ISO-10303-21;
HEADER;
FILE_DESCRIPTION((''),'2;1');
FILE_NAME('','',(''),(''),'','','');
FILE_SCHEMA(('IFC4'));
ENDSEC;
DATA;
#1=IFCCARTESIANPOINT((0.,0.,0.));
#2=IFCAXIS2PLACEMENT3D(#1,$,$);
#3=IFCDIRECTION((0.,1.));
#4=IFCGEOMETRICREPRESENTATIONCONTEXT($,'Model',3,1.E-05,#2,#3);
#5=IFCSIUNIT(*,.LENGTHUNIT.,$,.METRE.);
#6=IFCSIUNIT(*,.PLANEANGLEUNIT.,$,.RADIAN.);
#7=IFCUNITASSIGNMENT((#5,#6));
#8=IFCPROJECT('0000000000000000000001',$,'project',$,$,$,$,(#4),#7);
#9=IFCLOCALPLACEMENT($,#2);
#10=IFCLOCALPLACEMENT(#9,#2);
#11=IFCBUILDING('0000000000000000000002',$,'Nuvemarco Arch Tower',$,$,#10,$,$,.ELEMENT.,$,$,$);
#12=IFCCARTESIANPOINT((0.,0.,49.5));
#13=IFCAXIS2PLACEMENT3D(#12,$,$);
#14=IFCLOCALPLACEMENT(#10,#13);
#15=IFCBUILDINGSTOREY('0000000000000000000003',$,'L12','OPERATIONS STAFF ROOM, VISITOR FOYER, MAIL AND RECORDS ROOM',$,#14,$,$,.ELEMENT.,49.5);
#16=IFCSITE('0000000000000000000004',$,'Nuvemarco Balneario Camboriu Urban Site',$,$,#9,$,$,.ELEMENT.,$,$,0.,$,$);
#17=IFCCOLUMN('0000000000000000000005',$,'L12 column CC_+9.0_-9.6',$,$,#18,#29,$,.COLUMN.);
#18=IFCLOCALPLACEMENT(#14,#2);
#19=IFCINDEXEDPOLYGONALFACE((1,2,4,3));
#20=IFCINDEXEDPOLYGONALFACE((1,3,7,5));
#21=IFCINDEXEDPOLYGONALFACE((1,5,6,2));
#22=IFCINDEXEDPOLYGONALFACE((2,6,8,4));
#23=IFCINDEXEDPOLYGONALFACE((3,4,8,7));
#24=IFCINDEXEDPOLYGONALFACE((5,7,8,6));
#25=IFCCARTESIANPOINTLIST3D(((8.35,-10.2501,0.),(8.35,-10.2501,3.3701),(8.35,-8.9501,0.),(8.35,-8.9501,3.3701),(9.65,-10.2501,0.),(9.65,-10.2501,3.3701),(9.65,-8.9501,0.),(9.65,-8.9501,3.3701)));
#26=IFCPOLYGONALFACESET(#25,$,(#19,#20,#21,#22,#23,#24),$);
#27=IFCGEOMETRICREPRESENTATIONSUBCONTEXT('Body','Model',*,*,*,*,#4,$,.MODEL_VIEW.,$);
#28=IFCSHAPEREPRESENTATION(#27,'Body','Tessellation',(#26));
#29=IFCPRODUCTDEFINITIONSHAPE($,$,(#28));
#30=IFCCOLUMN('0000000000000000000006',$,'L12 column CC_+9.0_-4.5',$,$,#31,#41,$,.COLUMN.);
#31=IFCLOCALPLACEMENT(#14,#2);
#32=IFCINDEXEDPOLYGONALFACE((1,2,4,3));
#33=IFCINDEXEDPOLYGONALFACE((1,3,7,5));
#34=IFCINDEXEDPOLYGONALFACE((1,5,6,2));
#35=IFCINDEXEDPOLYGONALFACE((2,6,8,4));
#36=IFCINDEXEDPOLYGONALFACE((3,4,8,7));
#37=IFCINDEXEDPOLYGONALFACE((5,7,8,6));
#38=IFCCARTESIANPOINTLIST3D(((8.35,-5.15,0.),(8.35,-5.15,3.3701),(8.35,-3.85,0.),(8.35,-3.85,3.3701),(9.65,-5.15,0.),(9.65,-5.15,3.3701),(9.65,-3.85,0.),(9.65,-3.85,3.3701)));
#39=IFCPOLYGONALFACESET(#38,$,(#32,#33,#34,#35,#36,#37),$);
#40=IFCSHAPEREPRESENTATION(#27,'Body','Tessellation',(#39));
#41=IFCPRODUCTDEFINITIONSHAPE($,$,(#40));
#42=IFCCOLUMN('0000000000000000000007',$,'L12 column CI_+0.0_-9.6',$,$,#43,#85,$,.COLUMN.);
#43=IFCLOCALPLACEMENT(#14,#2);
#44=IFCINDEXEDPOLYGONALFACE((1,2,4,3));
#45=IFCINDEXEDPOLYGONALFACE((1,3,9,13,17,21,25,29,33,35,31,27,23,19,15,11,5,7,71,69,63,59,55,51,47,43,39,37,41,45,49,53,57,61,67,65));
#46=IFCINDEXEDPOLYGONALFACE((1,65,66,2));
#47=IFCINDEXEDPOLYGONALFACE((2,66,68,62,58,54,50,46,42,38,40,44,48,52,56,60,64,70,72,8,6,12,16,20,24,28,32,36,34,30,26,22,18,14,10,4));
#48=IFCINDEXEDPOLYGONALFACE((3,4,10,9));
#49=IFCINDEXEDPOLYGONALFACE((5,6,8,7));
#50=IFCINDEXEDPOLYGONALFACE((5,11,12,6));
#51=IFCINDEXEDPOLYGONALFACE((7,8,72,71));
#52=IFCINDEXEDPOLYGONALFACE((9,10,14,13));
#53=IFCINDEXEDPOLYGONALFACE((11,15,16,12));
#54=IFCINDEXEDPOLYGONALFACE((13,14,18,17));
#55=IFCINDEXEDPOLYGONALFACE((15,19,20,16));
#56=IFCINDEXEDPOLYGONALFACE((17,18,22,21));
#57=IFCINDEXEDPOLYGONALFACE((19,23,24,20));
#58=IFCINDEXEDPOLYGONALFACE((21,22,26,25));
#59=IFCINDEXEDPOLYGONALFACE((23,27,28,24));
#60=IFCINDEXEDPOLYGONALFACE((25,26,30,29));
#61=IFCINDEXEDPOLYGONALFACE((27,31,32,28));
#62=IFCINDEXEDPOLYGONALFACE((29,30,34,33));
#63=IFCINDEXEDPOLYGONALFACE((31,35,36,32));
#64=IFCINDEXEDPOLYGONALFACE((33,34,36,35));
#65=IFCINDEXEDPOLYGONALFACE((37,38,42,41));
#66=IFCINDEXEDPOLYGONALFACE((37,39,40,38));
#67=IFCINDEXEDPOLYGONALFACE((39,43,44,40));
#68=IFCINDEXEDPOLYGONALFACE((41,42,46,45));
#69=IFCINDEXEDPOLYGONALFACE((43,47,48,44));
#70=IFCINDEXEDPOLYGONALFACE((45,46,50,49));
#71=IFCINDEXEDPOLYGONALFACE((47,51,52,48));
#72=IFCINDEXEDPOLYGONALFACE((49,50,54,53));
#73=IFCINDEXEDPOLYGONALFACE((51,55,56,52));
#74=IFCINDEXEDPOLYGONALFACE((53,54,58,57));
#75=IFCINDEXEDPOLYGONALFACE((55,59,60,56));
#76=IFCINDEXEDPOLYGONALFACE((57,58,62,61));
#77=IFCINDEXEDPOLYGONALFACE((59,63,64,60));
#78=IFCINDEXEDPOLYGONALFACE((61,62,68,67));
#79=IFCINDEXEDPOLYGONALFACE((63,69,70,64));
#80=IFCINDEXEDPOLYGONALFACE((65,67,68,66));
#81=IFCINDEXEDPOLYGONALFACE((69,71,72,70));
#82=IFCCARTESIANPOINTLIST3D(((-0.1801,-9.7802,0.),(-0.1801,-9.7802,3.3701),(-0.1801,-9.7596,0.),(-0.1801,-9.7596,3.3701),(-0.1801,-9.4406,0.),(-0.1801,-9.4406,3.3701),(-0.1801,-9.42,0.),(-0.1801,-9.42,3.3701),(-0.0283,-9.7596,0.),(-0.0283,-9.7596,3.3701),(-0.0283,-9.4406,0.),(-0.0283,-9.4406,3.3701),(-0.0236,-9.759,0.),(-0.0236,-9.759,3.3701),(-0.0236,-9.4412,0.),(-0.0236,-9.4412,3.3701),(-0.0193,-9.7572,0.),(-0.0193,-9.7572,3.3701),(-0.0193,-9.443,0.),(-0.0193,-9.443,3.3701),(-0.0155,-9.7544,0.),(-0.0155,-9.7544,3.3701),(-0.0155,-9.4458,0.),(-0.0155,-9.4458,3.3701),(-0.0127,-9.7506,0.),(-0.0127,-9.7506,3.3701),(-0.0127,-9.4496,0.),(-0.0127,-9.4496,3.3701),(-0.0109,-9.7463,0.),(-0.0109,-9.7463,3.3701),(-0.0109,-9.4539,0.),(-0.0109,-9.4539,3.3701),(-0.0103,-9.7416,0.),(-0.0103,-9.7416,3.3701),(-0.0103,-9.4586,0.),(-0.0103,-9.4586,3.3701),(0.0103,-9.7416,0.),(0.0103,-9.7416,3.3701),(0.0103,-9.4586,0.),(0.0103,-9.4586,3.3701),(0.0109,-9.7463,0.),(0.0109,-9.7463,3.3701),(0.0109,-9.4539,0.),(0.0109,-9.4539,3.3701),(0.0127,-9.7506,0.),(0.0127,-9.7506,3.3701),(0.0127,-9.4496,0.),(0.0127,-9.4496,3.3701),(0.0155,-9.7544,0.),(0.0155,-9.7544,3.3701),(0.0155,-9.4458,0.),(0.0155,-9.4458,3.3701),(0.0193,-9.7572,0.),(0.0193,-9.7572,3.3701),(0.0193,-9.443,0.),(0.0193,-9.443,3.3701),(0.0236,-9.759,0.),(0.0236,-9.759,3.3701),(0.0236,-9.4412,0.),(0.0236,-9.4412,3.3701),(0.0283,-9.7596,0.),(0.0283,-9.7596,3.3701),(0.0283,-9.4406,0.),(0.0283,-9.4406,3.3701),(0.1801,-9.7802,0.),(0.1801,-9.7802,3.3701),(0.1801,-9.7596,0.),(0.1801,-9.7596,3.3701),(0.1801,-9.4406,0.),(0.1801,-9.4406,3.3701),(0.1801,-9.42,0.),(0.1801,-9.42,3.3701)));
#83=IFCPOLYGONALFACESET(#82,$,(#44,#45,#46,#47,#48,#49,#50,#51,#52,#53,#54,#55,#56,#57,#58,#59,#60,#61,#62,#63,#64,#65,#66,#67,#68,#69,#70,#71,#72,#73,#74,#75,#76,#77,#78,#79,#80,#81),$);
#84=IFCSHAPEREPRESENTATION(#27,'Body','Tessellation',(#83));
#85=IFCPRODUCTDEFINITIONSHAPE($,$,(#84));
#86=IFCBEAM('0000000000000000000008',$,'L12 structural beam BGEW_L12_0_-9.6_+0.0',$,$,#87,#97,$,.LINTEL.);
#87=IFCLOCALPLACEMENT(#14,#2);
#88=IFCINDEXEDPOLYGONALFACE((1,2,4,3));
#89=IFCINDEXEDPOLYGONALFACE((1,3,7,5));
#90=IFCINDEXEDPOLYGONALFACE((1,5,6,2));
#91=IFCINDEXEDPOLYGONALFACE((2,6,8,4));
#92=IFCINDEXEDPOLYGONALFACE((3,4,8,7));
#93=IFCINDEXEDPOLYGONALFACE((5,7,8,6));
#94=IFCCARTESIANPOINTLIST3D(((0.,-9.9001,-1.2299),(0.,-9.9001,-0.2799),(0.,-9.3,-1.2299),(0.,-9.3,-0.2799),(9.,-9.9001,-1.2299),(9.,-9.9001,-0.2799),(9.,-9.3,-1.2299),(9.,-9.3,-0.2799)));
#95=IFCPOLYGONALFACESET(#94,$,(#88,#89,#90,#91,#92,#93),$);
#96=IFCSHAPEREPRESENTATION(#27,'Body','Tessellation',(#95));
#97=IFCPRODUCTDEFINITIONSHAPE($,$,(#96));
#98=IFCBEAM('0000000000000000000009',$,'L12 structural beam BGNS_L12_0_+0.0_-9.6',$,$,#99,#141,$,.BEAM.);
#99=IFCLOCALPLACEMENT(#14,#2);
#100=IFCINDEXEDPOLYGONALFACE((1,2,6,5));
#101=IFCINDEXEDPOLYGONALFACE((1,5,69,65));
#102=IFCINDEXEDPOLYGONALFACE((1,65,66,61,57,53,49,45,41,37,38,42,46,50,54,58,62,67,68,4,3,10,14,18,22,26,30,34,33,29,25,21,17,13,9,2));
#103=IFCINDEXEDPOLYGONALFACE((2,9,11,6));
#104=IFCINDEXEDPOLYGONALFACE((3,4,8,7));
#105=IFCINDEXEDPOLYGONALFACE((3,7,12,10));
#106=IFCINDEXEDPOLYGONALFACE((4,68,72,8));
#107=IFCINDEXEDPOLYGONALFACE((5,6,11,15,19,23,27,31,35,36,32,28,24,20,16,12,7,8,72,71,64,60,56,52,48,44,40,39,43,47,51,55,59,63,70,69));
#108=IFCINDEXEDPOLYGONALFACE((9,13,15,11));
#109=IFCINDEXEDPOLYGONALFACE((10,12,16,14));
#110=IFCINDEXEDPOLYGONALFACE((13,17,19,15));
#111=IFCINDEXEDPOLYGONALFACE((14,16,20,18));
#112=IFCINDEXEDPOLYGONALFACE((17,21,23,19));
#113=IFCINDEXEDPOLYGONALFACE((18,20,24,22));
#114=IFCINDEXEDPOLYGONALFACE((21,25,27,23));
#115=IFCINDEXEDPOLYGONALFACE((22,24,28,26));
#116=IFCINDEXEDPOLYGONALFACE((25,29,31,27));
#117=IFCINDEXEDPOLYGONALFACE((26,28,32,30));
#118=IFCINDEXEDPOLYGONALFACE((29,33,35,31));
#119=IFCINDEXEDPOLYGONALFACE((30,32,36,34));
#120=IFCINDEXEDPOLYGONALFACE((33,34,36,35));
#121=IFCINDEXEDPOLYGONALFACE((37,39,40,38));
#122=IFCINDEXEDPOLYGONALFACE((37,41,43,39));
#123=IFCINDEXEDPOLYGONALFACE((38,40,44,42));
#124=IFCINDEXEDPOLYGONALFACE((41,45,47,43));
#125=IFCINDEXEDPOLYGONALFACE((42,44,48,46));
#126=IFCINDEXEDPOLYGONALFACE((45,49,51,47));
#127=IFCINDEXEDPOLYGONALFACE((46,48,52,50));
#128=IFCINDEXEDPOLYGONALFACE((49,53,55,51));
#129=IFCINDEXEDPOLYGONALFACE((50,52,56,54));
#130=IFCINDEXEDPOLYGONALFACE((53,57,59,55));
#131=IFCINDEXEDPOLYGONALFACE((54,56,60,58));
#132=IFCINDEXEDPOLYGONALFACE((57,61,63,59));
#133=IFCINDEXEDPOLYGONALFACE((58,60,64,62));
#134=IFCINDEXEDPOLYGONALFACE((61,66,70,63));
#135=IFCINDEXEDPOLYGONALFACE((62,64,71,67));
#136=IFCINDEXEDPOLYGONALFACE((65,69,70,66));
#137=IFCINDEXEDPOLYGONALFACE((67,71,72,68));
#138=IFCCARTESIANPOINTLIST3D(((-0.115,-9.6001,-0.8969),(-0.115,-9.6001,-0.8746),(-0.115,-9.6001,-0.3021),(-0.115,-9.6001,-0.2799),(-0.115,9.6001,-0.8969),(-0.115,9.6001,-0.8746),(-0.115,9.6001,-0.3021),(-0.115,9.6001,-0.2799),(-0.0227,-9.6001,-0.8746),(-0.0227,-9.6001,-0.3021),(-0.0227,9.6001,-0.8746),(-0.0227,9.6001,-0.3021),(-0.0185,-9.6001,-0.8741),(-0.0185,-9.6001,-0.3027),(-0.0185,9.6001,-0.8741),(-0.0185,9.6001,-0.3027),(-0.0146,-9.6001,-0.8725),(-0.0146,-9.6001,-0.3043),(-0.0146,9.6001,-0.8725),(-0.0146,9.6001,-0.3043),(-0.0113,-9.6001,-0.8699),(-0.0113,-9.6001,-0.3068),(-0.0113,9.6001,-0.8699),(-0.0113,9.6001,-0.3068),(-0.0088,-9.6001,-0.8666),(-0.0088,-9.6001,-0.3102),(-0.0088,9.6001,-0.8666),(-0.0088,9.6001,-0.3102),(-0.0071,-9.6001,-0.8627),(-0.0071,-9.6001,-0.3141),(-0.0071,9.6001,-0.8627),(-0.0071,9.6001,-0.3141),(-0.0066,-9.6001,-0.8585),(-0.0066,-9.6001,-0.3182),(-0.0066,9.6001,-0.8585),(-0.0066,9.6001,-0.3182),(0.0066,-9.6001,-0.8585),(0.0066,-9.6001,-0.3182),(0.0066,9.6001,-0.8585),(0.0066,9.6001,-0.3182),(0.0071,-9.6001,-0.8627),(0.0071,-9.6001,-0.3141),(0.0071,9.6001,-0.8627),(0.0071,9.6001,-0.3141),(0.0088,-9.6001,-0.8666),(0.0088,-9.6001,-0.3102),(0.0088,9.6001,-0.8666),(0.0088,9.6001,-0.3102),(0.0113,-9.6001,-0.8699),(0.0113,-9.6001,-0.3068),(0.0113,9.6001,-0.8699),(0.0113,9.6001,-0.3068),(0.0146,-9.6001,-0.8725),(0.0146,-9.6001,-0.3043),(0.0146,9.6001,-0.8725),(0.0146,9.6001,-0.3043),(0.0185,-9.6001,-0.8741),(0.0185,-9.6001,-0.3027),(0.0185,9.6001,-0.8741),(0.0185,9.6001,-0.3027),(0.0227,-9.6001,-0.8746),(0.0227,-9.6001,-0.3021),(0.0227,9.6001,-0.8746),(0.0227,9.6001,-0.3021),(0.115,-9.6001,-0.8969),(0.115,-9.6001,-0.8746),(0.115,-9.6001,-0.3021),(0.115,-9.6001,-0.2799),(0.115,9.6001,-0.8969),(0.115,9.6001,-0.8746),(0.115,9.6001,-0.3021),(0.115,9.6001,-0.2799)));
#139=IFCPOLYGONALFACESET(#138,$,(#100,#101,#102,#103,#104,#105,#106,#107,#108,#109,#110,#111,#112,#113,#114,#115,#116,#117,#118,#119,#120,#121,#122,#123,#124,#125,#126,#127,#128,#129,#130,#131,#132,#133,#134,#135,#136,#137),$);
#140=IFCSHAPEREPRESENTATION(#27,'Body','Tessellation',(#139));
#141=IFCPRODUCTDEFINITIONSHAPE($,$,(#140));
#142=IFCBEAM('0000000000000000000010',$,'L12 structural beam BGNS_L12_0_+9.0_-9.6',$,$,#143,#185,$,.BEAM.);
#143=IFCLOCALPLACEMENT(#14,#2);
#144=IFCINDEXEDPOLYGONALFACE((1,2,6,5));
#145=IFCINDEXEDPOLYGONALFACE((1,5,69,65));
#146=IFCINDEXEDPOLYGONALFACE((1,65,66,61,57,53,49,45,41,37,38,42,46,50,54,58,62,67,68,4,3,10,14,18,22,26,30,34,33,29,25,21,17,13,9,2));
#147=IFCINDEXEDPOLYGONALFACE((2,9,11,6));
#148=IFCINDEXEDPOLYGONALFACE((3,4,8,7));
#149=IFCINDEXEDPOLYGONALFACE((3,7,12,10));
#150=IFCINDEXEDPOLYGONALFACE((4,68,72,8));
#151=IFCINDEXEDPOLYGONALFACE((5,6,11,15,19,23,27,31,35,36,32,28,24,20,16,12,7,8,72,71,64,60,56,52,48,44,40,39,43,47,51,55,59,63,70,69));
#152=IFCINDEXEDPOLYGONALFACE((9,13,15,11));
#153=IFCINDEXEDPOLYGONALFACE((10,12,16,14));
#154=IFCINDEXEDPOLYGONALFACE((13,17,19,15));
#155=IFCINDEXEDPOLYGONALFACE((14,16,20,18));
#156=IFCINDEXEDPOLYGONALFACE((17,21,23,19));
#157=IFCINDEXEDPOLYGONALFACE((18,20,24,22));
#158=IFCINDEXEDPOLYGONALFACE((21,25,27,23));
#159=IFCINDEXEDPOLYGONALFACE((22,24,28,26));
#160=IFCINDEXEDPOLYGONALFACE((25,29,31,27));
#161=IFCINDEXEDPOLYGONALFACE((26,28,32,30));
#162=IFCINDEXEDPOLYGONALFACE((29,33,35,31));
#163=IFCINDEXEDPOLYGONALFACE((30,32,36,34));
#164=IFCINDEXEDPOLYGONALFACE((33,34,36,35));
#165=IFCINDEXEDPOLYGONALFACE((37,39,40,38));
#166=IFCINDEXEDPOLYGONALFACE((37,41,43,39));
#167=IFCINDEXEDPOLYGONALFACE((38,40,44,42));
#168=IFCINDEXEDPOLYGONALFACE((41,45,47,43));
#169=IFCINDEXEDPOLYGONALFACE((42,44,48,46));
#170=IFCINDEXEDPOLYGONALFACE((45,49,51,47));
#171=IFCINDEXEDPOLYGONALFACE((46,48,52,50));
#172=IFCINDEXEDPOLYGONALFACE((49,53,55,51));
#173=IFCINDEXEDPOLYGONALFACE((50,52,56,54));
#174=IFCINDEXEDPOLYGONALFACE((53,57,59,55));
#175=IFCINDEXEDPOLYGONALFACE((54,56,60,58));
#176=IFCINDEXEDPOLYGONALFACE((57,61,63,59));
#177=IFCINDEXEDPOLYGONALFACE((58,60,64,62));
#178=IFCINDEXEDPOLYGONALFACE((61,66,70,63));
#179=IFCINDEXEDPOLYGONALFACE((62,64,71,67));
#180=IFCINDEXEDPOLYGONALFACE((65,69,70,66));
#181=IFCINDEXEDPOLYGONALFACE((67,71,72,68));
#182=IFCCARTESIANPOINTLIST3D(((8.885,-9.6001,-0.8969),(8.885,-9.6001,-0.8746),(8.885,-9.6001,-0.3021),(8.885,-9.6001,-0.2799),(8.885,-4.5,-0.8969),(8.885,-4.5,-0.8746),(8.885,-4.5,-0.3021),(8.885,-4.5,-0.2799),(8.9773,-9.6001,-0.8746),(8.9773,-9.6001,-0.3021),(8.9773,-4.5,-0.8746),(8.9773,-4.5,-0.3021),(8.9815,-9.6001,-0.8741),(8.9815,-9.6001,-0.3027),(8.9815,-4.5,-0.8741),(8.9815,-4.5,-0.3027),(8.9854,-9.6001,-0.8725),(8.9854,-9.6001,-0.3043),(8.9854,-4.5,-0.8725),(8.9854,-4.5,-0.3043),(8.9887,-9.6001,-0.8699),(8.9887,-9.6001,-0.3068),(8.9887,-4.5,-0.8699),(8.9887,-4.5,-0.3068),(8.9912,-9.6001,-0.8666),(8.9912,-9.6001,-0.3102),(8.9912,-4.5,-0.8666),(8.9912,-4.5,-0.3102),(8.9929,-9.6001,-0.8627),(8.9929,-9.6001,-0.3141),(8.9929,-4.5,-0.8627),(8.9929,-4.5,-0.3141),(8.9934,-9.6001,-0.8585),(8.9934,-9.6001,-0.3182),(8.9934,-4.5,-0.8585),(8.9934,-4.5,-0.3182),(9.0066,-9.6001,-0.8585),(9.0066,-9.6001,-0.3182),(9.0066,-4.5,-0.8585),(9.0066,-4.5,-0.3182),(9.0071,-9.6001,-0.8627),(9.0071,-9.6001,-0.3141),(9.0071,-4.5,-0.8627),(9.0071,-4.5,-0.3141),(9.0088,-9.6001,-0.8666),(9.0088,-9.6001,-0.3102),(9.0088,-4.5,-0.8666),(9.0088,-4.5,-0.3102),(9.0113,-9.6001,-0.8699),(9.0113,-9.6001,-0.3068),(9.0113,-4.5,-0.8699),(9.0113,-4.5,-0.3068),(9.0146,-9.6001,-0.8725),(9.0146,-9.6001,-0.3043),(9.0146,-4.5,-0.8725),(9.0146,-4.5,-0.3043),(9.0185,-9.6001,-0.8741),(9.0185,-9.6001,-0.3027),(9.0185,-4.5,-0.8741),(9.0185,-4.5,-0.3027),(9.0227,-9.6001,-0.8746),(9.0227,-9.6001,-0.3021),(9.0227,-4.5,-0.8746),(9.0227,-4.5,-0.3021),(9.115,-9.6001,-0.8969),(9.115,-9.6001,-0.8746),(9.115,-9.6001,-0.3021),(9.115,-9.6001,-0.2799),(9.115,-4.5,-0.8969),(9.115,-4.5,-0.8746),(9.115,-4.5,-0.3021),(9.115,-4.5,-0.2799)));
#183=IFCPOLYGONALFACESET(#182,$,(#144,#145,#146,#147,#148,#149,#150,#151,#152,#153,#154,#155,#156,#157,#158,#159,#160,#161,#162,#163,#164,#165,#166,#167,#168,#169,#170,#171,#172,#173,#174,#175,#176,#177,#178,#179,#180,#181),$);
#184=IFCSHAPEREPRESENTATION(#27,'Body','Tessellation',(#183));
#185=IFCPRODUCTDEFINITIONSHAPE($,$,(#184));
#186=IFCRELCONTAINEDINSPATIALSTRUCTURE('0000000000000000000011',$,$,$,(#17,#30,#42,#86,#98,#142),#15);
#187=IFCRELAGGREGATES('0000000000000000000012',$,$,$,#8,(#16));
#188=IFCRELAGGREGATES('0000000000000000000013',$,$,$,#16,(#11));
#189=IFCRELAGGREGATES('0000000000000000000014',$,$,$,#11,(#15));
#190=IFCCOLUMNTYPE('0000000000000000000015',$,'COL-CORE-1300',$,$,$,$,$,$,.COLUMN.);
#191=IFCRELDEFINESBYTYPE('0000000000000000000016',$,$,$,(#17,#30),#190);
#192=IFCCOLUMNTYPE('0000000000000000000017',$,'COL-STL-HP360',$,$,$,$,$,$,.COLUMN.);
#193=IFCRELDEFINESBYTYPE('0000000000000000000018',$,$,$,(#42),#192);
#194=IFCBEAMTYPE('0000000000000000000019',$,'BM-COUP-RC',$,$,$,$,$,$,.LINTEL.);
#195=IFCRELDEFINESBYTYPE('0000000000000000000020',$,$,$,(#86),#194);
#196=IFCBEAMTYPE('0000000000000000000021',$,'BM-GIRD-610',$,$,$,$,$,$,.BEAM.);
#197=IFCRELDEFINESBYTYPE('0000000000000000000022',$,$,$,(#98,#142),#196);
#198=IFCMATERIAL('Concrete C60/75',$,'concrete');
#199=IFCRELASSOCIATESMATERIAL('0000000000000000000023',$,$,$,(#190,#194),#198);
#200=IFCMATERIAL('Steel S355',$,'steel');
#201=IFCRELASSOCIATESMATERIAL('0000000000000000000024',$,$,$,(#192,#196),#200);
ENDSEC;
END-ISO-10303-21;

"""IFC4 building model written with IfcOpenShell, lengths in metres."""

from ifc_helpers import new_model, si_unit, direction, frame, origin, origin_2d, place, context, subcontext, project, spatial, rectangle, i_section, extrude, material, material_profile, profile_set, type_object, element, save


model = new_model("IFC4")

# Units and contexts
model_context = context("Model", 3, precision=1e-05, world=origin(), true_north=direction((0.0, 1.0)))
body_context = subcontext(model_context, "Body", "Model", "MODEL_VIEW")
ifc_project = project(units=[si_unit("LENGTHUNIT", "METRE"), si_unit("PLANEANGLEUNIT", "RADIAN")], contexts=[model_context])

# Site, building, storey
site_placement = place(None, origin())
site = spatial("IfcSite", under=ifc_project, at=site_placement, Name="Nuvemarco Balneario Camboriu Urban Site", CompositionType="ELEMENT", RefElevation=0.0)
building_placement = place(site_placement, origin())
building = spatial("IfcBuilding", under=site, at=building_placement, Name="Nuvemarco Arch Tower", CompositionType="ELEMENT")
storey_placement = place(building_placement, frame((0.0, 0.0, 49.5)))
storey = spatial("IfcBuildingStorey", under=building, at=storey_placement, Name="L12", Description="OPERATIONS STAFF ROOM, VISITOR FOYER, MAIL AND RECORDS ROOM", CompositionType="ELEMENT", Elevation=49.5)

# Columns
ifc_material_1 = material(Name="Concrete C60/75", Category="concrete")
ifc_material_profile_1 = material_profile(ifc_material_1, rectangle(XDim=1.3, YDim=1.3, at=origin_2d()), Name="RC-COL-1300x1300")
ifc_profile_set_1 = profile_set([ifc_material_profile_1], Name="Concrete C60/75")
column_type_1 = type_object("IfcColumnType", Name="COL-CORE-1300", PredefinedType="COLUMN", material=ifc_profile_set_1)
for number, where, z_axis, x_axis, name in (
    (1, (9.0, -9.6001, 0.0), (0.0, 0.0, 1.0), (1.0, 0.0, 0.0), "L12 column CC_+9.0_-9.6"),
    (2, (9.0, -4.5, 0.0), (0.0, 0.0, 1.0), (1.0, 0.0, 0.0), "L12 column CC_+9.0_-4.5"),
):
    element("IfcColumn", number, at=place(storey_placement, frame(where, z_axis=z_axis, x_axis=x_axis)), inside=storey, type_object=column_type_1, Name=name, PredefinedType="COLUMN", context=body_context, shape_type="SweptSolid", body=[
        extrude(rectangle(XDim=1.3, YDim=1.3, at=origin_2d()), origin(), (0.0, 0.0, 1.0), 3.3701),
    ])
ifc_material_2 = material(Name="Steel S355", Category="steel")
ifc_material_profile_2 = material_profile(ifc_material_2, i_section(OverallWidth=0.3601, OverallDepth=0.3601, WebThickness=0.0205, FlangeThickness=0.0205, FilletRadius=0.0181, at=origin_2d()), Name="HP360x174")
ifc_profile_set_2 = profile_set([ifc_material_profile_2], Name="Steel S355")
column_type_2 = type_object("IfcColumnType", Name="COL-STL-HP360", PredefinedType="COLUMN", material=ifc_profile_set_2)
column_placement = place(storey_placement, frame((0.0, -9.6001, 0.0), z_axis=(0.0, 0.0, 1.0), x_axis=(1.0, 0.0, 0.0)))
element("IfcColumn", 3, at=column_placement, inside=storey, type_object=column_type_2, Name="L12 column CI_+0.0_-9.6", PredefinedType="COLUMN", context=body_context, shape_type="SweptSolid", body=[
    extrude(i_section(OverallWidth=0.3601, OverallDepth=0.3601, WebThickness=0.0205, FlangeThickness=0.0205, FilletRadius=0.0181, at=origin_2d()), origin(), (0.0, 0.0, 1.0), 3.3701),
])

# Beams
ifc_material_profile_3 = material_profile(ifc_material_1, rectangle(XDim=0.6001, YDim=0.95, at=origin_2d()), Name="RC-BM-600x950")
ifc_profile_set_3 = profile_set([ifc_material_profile_3], Name="Concrete C60/75")
beam_type_1 = type_object("IfcBeamType", Name="BM-COUP-RC", PredefinedType="LINTEL", material=ifc_profile_set_3)
beam_1_placement = place(storey_placement, frame((0.0, -9.6001, -0.7549), z_axis=(1.0, 0.0, 0.0), x_axis=(0.0, 1.0, 0.0)))
element("IfcBeam", 4, at=beam_1_placement, inside=storey, type_object=beam_type_1, Name="L12 structural beam BGEW_L12_0_-9.6_+0.0", PredefinedType="LINTEL", context=body_context, shape_type="SweptSolid", body=[
    extrude(rectangle(XDim=0.6001, YDim=0.95, at=origin_2d()), origin(), (0.0, 0.0, 1.0), 9.0),
])
ifc_material_profile_4 = material_profile(ifc_material_2, i_section(OverallWidth=0.23, OverallDepth=0.6169, WebThickness=0.0132, FlangeThickness=0.0222, FilletRadius=0.0161, at=origin_2d()), Name="W610x140")
ifc_profile_set_4 = profile_set([ifc_material_profile_4], Name="Steel S355")
beam_type_2 = type_object("IfcBeamType", Name="BM-GIRD-610", PredefinedType="BEAM", material=ifc_profile_set_4)
beam_2_placement = place(storey_placement, frame((0.0, -9.6001, -0.5884), z_axis=(0.0, 1.0, 0.0), x_axis=(-1.0, 0.0, 0.0)))
element("IfcBeam", 5, at=beam_2_placement, inside=storey, type_object=beam_type_2, Name="L12 structural beam BGNS_L12_0_+0.0_-9.6", PredefinedType="BEAM", context=body_context, shape_type="SweptSolid", body=[
    extrude(i_section(OverallWidth=0.23, OverallDepth=0.6169, WebThickness=0.0132, FlangeThickness=0.0222, FilletRadius=0.0161, at=origin_2d()), origin(), (0.0, 0.0, 1.0), 19.2002),
])
beam_3_placement = place(storey_placement, frame((9.0, -9.6001, -0.5884), z_axis=(0.0, 1.0, 0.0), x_axis=(-1.0, 0.0, 0.0)))
element("IfcBeam", 6, at=beam_3_placement, inside=storey, type_object=beam_type_2, Name="L12 structural beam BGNS_L12_0_+9.0_-9.6", PredefinedType="BEAM", context=body_context, shape_type="SweptSolid", body=[
    extrude(i_section(OverallWidth=0.23, OverallDepth=0.6169, WebThickness=0.0132, FlangeThickness=0.0222, FilletRadius=0.0161, at=origin_2d()), origin(), (0.0, 0.0, 1.0), 5.1001),
])

save(model, "model.ifc")
